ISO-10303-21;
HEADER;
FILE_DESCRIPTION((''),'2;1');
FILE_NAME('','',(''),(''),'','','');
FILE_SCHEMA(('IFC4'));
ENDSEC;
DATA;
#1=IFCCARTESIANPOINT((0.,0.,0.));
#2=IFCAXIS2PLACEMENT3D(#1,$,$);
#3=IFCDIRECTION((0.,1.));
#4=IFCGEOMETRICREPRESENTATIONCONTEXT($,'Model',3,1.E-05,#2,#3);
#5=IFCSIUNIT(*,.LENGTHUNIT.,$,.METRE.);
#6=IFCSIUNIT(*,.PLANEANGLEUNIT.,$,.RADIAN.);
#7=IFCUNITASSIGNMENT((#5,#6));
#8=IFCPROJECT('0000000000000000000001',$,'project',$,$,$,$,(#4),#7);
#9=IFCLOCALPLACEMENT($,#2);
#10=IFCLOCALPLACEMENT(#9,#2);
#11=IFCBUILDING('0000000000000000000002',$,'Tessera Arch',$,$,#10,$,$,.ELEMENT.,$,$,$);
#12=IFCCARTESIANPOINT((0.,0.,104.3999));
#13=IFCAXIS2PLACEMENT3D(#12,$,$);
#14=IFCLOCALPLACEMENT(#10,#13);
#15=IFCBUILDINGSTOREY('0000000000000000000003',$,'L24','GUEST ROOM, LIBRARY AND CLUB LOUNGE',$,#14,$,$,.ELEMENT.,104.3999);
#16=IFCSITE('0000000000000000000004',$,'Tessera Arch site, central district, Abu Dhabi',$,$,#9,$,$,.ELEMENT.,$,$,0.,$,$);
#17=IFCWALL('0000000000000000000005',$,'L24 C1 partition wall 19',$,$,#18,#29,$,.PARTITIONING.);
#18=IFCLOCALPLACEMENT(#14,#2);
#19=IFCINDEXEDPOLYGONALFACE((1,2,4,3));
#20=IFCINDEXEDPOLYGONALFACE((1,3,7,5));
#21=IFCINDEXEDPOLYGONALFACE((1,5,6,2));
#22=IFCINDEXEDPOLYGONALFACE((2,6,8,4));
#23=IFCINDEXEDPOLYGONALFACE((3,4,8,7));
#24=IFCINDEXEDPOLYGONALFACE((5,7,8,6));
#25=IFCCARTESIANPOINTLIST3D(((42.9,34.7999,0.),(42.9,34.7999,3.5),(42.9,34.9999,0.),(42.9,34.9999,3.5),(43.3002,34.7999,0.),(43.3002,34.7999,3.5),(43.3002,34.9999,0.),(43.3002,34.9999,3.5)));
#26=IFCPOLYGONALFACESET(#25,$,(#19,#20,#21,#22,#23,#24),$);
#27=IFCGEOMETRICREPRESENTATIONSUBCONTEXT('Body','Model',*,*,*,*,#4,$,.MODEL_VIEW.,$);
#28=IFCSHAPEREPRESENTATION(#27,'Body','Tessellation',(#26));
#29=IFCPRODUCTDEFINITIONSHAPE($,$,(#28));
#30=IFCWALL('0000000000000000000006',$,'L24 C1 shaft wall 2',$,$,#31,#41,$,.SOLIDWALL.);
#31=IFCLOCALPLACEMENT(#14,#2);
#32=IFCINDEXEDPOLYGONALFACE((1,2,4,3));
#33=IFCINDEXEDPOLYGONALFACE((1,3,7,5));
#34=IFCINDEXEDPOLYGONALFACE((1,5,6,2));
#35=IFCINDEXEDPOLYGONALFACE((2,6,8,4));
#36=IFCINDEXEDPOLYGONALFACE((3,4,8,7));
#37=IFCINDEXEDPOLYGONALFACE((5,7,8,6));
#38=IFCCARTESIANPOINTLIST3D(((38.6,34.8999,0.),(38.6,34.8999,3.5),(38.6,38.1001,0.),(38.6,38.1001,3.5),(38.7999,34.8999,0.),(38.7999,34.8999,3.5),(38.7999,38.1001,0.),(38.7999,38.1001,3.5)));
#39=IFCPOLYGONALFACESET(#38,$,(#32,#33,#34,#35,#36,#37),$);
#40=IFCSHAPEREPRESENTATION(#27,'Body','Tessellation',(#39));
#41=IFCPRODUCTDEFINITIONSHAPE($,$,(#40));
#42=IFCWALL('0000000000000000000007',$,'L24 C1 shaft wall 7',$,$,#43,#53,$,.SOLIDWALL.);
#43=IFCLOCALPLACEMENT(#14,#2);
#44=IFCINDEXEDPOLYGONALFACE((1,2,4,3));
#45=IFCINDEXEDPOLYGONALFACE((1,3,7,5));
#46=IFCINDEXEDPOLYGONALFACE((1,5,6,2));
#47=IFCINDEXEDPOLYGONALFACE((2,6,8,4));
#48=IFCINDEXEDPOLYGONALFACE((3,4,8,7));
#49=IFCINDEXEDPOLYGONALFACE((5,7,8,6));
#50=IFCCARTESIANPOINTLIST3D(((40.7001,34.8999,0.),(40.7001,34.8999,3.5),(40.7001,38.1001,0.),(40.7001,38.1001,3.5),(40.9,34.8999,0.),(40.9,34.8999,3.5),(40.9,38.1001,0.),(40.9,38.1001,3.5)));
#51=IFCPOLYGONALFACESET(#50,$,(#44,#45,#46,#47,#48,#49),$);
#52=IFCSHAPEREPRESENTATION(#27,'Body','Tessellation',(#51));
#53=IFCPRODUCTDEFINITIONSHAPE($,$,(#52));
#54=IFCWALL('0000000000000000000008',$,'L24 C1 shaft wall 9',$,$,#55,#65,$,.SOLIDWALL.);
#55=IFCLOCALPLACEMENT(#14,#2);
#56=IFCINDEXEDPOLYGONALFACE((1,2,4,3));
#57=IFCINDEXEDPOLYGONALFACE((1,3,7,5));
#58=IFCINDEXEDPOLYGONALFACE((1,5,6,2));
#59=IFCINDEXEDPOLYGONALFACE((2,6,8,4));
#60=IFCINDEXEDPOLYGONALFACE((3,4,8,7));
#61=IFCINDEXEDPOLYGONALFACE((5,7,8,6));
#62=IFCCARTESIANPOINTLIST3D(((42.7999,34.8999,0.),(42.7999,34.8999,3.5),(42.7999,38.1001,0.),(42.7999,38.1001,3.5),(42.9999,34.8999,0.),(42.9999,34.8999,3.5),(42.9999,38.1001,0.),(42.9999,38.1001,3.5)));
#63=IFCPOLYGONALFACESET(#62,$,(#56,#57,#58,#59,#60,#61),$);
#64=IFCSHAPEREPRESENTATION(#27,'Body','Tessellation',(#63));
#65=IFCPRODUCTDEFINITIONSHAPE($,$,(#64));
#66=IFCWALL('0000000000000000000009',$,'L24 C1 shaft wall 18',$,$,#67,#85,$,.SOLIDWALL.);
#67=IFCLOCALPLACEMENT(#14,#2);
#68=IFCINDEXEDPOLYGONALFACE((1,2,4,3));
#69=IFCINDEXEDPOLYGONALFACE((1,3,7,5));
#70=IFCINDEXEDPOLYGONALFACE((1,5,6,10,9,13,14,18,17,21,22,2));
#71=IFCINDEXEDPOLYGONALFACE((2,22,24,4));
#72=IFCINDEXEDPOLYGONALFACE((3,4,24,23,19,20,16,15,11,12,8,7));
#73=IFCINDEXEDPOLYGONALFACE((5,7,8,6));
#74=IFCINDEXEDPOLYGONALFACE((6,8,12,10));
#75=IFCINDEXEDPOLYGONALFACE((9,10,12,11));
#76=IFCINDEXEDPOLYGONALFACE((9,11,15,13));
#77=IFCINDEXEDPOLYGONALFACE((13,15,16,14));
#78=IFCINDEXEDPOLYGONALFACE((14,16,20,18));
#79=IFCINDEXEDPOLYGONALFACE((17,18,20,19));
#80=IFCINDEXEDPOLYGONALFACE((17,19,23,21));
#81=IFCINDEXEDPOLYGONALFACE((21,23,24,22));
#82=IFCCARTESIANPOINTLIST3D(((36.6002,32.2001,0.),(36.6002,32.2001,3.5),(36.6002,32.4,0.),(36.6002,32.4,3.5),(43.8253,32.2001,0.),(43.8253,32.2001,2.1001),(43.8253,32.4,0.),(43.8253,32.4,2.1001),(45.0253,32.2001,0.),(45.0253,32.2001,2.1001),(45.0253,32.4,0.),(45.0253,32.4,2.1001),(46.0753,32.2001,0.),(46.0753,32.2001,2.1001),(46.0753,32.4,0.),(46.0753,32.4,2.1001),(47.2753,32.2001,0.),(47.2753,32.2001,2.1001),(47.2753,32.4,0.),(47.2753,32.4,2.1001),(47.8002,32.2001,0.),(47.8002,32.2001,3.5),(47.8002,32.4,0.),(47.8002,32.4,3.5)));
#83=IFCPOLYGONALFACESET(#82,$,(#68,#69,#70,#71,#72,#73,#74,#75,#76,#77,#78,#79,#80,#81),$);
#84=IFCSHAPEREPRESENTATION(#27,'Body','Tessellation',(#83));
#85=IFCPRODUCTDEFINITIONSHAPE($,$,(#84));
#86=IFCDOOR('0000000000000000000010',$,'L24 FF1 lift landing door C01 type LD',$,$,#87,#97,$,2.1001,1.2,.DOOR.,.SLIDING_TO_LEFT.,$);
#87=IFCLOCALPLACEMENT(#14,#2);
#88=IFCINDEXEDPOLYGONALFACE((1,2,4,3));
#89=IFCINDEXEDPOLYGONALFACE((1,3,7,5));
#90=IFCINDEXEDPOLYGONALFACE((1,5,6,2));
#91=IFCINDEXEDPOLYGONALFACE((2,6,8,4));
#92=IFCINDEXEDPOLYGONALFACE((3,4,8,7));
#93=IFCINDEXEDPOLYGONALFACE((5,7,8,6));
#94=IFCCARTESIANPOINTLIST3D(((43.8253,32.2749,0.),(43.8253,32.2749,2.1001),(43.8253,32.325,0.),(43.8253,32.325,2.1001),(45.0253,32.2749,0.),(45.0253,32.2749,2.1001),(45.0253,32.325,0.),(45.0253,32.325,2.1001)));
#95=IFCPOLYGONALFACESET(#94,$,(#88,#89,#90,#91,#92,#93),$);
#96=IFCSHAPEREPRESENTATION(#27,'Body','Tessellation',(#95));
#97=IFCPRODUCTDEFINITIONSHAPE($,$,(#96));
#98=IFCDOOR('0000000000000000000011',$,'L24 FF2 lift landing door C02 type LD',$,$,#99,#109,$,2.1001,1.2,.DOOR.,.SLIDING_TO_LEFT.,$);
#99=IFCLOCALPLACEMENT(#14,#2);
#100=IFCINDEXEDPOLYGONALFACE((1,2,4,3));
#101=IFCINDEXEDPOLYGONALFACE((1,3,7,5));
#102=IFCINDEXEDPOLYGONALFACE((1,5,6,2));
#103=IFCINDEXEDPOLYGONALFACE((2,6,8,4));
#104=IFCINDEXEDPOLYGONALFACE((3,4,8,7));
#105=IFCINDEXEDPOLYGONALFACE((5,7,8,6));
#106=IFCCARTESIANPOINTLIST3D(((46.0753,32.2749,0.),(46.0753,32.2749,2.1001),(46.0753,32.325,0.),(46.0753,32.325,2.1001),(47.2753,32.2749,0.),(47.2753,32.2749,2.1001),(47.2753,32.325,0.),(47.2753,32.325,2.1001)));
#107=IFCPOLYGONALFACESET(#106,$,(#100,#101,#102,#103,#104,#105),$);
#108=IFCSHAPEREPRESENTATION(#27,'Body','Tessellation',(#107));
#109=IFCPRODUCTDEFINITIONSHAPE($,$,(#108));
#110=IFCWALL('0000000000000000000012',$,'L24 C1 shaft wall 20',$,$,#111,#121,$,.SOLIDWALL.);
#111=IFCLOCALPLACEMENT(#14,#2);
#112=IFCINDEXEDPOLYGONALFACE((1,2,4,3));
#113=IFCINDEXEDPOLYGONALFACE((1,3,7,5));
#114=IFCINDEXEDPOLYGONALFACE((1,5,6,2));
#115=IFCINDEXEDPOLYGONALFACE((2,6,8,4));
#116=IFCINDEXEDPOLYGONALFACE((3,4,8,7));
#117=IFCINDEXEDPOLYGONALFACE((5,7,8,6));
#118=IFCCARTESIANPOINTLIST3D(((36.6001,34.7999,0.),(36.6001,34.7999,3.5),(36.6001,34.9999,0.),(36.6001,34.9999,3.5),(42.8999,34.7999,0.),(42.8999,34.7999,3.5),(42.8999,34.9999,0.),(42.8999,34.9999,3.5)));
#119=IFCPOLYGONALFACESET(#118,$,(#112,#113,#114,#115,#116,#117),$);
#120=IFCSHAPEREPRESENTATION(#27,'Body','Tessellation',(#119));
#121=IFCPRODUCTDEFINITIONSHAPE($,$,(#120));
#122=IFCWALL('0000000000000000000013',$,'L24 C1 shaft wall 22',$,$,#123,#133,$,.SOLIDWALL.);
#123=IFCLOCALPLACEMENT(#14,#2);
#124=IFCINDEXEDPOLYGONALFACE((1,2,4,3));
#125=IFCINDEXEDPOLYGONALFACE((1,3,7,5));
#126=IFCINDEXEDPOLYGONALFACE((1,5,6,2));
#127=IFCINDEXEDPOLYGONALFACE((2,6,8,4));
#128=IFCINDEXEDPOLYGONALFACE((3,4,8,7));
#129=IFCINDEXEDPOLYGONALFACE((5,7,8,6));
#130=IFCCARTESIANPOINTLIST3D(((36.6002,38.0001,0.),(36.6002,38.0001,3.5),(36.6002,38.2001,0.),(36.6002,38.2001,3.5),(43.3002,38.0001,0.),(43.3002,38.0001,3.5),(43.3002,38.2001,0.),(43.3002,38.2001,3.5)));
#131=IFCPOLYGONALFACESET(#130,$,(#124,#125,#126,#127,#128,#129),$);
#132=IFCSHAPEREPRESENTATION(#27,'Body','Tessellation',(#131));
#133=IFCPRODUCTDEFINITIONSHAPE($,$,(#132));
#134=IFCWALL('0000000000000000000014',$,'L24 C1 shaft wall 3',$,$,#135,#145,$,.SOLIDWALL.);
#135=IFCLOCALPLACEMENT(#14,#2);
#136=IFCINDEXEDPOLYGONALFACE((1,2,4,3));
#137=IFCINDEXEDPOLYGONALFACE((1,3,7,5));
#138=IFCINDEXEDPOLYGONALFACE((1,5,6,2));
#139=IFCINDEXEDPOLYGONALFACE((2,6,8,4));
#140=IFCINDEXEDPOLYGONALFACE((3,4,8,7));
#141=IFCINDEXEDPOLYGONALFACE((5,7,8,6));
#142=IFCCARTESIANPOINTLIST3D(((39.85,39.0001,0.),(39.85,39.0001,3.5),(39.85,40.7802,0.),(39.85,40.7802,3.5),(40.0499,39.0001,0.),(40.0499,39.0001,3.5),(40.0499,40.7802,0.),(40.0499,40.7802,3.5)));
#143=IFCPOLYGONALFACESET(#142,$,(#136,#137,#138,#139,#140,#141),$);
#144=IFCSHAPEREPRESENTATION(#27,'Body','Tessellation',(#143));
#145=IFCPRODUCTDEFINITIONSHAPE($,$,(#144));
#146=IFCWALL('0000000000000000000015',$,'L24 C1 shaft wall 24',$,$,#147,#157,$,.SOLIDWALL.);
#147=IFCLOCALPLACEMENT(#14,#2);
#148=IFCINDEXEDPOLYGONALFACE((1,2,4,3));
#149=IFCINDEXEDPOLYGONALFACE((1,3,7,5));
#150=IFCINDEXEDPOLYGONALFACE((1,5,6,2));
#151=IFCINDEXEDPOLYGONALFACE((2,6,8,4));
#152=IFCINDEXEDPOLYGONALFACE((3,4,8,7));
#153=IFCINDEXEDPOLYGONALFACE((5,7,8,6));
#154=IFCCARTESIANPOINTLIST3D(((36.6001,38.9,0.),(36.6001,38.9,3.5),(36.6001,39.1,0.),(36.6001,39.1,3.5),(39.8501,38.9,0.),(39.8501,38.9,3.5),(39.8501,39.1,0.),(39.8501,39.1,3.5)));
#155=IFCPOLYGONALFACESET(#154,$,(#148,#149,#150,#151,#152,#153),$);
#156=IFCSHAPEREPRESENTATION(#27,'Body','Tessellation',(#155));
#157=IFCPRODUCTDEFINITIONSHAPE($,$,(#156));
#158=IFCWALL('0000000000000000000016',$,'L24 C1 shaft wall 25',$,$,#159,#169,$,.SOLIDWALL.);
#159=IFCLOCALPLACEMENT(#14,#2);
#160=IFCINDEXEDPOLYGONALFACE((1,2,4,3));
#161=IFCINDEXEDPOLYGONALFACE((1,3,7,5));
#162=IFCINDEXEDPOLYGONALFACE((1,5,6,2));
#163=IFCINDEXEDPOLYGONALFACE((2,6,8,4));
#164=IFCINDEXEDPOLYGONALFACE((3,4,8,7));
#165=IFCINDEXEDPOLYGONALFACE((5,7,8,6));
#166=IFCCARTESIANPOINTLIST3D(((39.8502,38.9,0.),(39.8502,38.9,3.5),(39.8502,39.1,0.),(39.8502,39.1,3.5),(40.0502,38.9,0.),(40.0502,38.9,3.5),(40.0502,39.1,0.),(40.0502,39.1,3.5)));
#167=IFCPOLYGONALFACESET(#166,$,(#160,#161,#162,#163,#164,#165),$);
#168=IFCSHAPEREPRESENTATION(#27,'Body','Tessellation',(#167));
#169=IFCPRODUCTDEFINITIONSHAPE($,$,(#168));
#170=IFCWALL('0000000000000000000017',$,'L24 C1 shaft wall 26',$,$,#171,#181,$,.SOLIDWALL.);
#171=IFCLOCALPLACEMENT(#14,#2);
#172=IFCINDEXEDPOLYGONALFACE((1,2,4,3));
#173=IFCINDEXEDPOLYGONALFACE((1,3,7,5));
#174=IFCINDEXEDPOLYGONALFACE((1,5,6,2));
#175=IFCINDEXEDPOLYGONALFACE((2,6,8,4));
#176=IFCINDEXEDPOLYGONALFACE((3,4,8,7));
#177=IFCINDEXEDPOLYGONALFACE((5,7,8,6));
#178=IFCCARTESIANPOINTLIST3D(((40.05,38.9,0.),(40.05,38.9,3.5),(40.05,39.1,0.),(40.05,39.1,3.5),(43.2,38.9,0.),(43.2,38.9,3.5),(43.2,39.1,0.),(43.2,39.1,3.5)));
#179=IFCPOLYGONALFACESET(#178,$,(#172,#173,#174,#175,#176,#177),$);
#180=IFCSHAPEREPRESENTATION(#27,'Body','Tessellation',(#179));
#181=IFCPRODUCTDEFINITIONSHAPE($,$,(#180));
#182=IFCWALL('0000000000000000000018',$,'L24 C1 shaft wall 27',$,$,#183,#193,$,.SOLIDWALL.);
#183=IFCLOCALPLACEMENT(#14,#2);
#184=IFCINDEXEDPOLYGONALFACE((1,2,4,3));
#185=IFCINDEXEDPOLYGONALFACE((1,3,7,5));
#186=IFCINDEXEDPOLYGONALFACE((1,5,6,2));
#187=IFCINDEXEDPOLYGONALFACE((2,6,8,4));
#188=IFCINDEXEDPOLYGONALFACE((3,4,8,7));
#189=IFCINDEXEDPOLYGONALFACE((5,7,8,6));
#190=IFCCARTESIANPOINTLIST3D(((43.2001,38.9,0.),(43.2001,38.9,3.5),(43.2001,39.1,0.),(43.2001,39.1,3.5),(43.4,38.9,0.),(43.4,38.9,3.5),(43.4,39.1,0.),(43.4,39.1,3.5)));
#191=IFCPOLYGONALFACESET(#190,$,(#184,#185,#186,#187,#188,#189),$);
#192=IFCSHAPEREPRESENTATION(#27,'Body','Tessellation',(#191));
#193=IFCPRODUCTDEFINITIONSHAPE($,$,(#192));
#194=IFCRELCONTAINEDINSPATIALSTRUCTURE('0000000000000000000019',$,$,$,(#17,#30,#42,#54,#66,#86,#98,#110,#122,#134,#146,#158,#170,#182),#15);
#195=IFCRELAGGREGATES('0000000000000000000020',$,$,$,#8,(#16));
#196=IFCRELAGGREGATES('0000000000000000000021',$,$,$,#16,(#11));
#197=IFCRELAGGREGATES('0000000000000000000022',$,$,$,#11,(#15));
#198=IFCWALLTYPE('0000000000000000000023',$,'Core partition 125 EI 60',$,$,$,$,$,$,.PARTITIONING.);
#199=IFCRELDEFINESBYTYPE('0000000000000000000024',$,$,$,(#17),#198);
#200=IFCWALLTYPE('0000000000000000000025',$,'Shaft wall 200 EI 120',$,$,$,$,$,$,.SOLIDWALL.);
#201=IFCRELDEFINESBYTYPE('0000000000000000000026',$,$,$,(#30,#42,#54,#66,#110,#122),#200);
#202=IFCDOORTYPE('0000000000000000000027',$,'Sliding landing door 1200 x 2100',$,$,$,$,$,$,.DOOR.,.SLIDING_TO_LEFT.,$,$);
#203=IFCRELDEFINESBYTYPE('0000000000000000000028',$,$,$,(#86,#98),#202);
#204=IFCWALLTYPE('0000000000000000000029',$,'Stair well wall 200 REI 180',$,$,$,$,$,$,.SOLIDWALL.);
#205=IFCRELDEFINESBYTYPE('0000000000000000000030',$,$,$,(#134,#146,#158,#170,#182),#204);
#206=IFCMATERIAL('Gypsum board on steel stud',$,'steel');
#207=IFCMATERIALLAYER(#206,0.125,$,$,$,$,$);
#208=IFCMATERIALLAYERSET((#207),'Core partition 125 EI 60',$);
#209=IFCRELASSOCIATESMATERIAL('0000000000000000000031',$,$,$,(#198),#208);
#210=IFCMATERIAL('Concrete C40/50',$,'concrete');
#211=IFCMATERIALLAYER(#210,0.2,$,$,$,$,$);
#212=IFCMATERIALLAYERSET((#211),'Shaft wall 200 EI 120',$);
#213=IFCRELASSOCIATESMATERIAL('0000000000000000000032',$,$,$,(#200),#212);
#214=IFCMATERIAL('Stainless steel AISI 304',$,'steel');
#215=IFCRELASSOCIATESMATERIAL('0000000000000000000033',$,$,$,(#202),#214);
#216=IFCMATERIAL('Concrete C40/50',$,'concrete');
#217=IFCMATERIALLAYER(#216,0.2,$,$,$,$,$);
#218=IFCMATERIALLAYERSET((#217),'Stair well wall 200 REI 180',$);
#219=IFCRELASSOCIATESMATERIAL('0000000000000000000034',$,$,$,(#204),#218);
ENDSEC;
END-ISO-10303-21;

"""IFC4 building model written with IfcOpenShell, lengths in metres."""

from ifc_helpers import new_model, si_unit, direction, frame, frame_2d, origin, place, context, subcontext, project, spatial, rectangle, extrude, material, layer, layer_set, type_object, element, fill, save


model = new_model("IFC4")

# Units and contexts
model_context = context("Model", 3, precision=1e-05, world=origin(), true_north=direction((0.0, 1.0)))
body_context = subcontext(model_context, "Body", "Model", "MODEL_VIEW")
ifc_project = project(units=[si_unit("LENGTHUNIT", "METRE"), si_unit("PLANEANGLEUNIT", "RADIAN")], contexts=[model_context])

# Site, building, storey
site_placement = place(None, origin())
site = spatial("IfcSite", under=ifc_project, at=site_placement, Name="Tessera Arch site, central district, Abu Dhabi", CompositionType="ELEMENT", RefElevation=0.0)
building_placement = place(site_placement, origin())
building = spatial("IfcBuilding", under=site, at=building_placement, Name="Tessera Arch", CompositionType="ELEMENT")
storey_placement = place(building_placement, frame((0.0, 0.0, 104.3999)))
storey = spatial("IfcBuildingStorey", under=building, at=storey_placement, Name="L24", Description="GUEST ROOM, LIBRARY AND CLUB LOUNGE", CompositionType="ELEMENT", Elevation=104.3999)

# Walls
ifc_material_1 = material(Name="Gypsum board on steel stud", Category="steel")
ifc_layer_1 = layer(ifc_material_1, 0.125)
ifc_layer_set_1 = layer_set([ifc_layer_1], Name="Core partition 125 EI 60")
wall_type_1 = type_object("IfcWallType", Name="Core partition 125 EI 60", PredefinedType="PARTITIONING", material=ifc_layer_set_1)
wall_1_placement = place(storey_placement, frame((42.8999, 34.8999, 0.0), z_axis=(0.0, 0.0, 1.0), x_axis=(1.0, 0.0, 0.0)))
element("IfcWall", 1, at=wall_1_placement, inside=storey, type_object=wall_type_1, Name="L24 C1 partition wall 19", PredefinedType="PARTITIONING", context=body_context, shape_type="SweptSolid", body=[
    extrude(rectangle(XDim=0.4001, YDim=0.2, at=frame_2d((0.2002, 0.0))), origin(), (0.0, 0.0, 1.0), 3.5),
])
ifc_material_2 = material(Name="Concrete C40/50", Category="concrete")
ifc_layer_2 = layer(ifc_material_2, 0.2)
ifc_layer_set_2 = layer_set([ifc_layer_2], Name="Shaft wall 200 EI 120")
wall_type_2 = type_object("IfcWallType", Name="Shaft wall 200 EI 120", PredefinedType="SOLIDWALL", material=ifc_layer_set_2)
for number, where, z_axis, x_axis, name in (
    (2, (38.7, 34.8999, 0.0), (0.0, 0.0, 1.0), (0.0, 1.0, 0.0), "L24 C1 shaft wall 2"),
    (3, (40.8, 34.8999, 0.0), (0.0, 0.0, 1.0), (0.0, 1.0, 0.0), "L24 C1 shaft wall 7"),
    (4, (42.8999, 34.8999, 0.0), (0.0, 0.0, 1.0), (0.0, 1.0, 0.0), "L24 C1 shaft wall 9"),
):
    element("IfcWall", number, at=place(storey_placement, frame(where, z_axis=z_axis, x_axis=x_axis)), inside=storey, type_object=wall_type_2, Name=name, PredefinedType="SOLIDWALL", context=body_context, shape_type="SweptSolid", body=[
        extrude(rectangle(XDim=3.2002, YDim=0.2, at=frame_2d((1.6001, 0.0))), origin(), (0.0, 0.0, 1.0), 3.5),
    ])

# Wall, openings, doors
wall_2_placement = place(storey_placement, frame((36.6001, 32.3, 0.0), z_axis=(0.0, 0.0, 1.0), x_axis=(1.0, 0.0, 0.0)))
wall_2 = element("IfcWall", 5, at=wall_2_placement, inside=storey, type_object=wall_type_2, Name="L24 C1 shaft wall 18", PredefinedType="SOLIDWALL", context=body_context, shape_type="SweptSolid", body=[
    extrude(rectangle(XDim=11.2, YDim=0.2, at=frame_2d((5.6001, 0.0))), origin(), (0.0, 0.0, 1.0), 3.5),
])
opening_1_placement = place(wall_2_placement, frame((7.2251, 0.0, 0.0)))
opening_1 = element("IfcOpeningElement", 6, at=opening_1_placement, cuts=wall_2, PredefinedType="OPENING", context=body_context, shape_type="SweptSolid", body=[
    extrude(rectangle(XDim=1.2, YDim=2.1001, at=frame_2d((0.6001, 1.05))), frame((0.0, 0.1099, 0.0), z_axis=(0.0, -1.0, 0.0), x_axis=(1.0, 0.0, 0.0)), (0.0, 0.0, 1.0), 0.22),
])
opening_2_placement = place(wall_2_placement, frame((9.4751, 0.0, 0.0)))
opening_2 = element("IfcOpeningElement", 7, at=opening_2_placement, cuts=wall_2, PredefinedType="OPENING", context=body_context, shape_type="SweptSolid", body=[
    extrude(rectangle(XDim=1.2, YDim=2.1001, at=frame_2d((0.6001, 1.05))), frame((0.0, 0.1099, 0.0), z_axis=(0.0, -1.0, 0.0), x_axis=(1.0, 0.0, 0.0)), (0.0, 0.0, 1.0), 0.22),
])
ifc_material_3 = material(Name="Stainless steel AISI 304", Category="steel")
door_type = type_object("IfcDoorType", Name="Sliding landing door 1200 x 2100", OperationType="SLIDING_TO_LEFT", PredefinedType="DOOR", material=ifc_material_3)
door_1_placement = place(opening_1_placement, origin())
door_1 = element("IfcDoor", 8, at=door_1_placement, inside=storey, type_object=door_type, Name="L24 FF1 lift landing door C01 type LD", OperationType="SLIDING_TO_LEFT", OverallHeight=2.1001, OverallWidth=1.2, PredefinedType="DOOR", context=body_context, shape_type="SweptSolid", body=[
    extrude(rectangle(XDim=1.2, YDim=2.1001, at=frame_2d((0.6001, 1.05))), frame((0.0, 0.0249, 0.0), z_axis=(0.0, -1.0, 0.0), x_axis=(1.0, 0.0, 0.0)), (0.0, 0.0, 1.0), 0.05),
])
fill(opening_1, door_1)
door_2_placement = place(opening_2_placement, origin())
door_2 = element("IfcDoor", 9, at=door_2_placement, inside=storey, type_object=door_type, Name="L24 FF2 lift landing door C02 type LD", OperationType="SLIDING_TO_LEFT", OverallHeight=2.1001, OverallWidth=1.2, PredefinedType="DOOR", context=body_context, shape_type="SweptSolid", body=[
    extrude(rectangle(XDim=1.2, YDim=2.1001, at=frame_2d((0.6001, 1.05))), frame((0.0, 0.0249, 0.0), z_axis=(0.0, -1.0, 0.0), x_axis=(1.0, 0.0, 0.0)), (0.0, 0.0, 1.0), 0.05),
])
fill(opening_2, door_2)

# Walls
wall_3_placement = place(storey_placement, frame((36.6001, 34.8999, 0.0), z_axis=(0.0, 0.0, 1.0), x_axis=(1.0, 0.0, 0.0)))
element("IfcWall", 10, at=wall_3_placement, inside=storey, type_object=wall_type_2, Name="L24 C1 shaft wall 20", PredefinedType="SOLIDWALL", context=body_context, shape_type="SweptSolid", body=[
    extrude(rectangle(XDim=6.2998, YDim=0.2, at=frame_2d((3.1499, 0.0))), origin(), (0.0, 0.0, 1.0), 3.5),
])
wall_4_placement = place(storey_placement, frame((36.6001, 38.1001, 0.0), z_axis=(0.0, 0.0, 1.0), x_axis=(1.0, 0.0, 0.0)))
element("IfcWall", 11, at=wall_4_placement, inside=storey, type_object=wall_type_2, Name="L24 C1 shaft wall 22", PredefinedType="SOLIDWALL", context=body_context, shape_type="SweptSolid", body=[
    extrude(rectangle(XDim=6.7, YDim=0.2, at=frame_2d((3.3501, 0.0))), origin(), (0.0, 0.0, 1.0), 3.5),
])
ifc_material_4 = material(Name="Concrete C40/50", Category="concrete")
ifc_layer_3 = layer(ifc_material_4, 0.2)
ifc_layer_set_3 = layer_set([ifc_layer_3], Name="Stair well wall 200 REI 180")
wall_type_3 = type_object("IfcWallType", Name="Stair well wall 200 REI 180", PredefinedType="SOLIDWALL", material=ifc_layer_set_3)
wall_5_placement = place(storey_placement, frame((39.95, 39.0, 0.0), z_axis=(0.0, 0.0, 1.0), x_axis=(0.0, 1.0, 0.0)))
element("IfcWall", 12, at=wall_5_placement, inside=storey, type_object=wall_type_3, Name="L24 C1 shaft wall 3", PredefinedType="SOLIDWALL", context=body_context, shape_type="SweptSolid", body=[
    extrude(rectangle(XDim=1.78, YDim=0.2, at=frame_2d((0.8901, 0.0))), origin(), (0.0, 0.0, 1.0), 3.5),
])
wall_6_placement = place(storey_placement, frame((36.6001, 39.0, 0.0), z_axis=(0.0, 0.0, 1.0), x_axis=(1.0, 0.0, 0.0)))
element("IfcWall", 13, at=wall_6_placement, inside=storey, type_object=wall_type_3, Name="L24 C1 shaft wall 24", PredefinedType="SOLIDWALL", context=body_context, shape_type="SweptSolid", body=[
    extrude(rectangle(XDim=3.25, YDim=0.2, at=frame_2d((1.625, 0.0))), origin(), (0.0, 0.0, 1.0), 3.5),
])
wall_7_placement = place(storey_placement, frame((39.8501, 39.0, 0.0), z_axis=(0.0, 0.0, 1.0), x_axis=(1.0, 0.0, 0.0)))
element("IfcWall", 14, at=wall_7_placement, inside=storey, type_object=wall_type_3, Name="L24 C1 shaft wall 25", PredefinedType="SOLIDWALL", context=body_context, shape_type="SweptSolid", body=[
    extrude(rectangle(XDim=0.2, YDim=0.2, at=frame_2d((0.1001, 0.0))), origin(), (0.0, 0.0, 1.0), 3.5),
])
wall_8_placement = place(storey_placement, frame((40.05, 39.0, 0.0), z_axis=(0.0, 0.0, 1.0), x_axis=(1.0, 0.0, 0.0)))
element("IfcWall", 15, at=wall_8_placement, inside=storey, type_object=wall_type_3, Name="L24 C1 shaft wall 26", PredefinedType="SOLIDWALL", context=body_context, shape_type="SweptSolid", body=[
    extrude(rectangle(XDim=3.1499, YDim=0.2, at=frame_2d((1.575, 0.0))), origin(), (0.0, 0.0, 1.0), 3.5),
])
wall_9_placement = place(storey_placement, frame((43.2, 39.0, 0.0), z_axis=(0.0, 0.0, 1.0), x_axis=(1.0, 0.0, 0.0)))
element("IfcWall", 16, at=wall_9_placement, inside=storey, type_object=wall_type_3, Name="L24 C1 shaft wall 27", PredefinedType="SOLIDWALL", context=body_context, shape_type="SweptSolid", body=[
    extrude(rectangle(XDim=0.2, YDim=0.2, at=frame_2d((0.1001, 0.0))), origin(), (0.0, 0.0, 1.0), 3.5),
])

save(model, "model.ifc")
